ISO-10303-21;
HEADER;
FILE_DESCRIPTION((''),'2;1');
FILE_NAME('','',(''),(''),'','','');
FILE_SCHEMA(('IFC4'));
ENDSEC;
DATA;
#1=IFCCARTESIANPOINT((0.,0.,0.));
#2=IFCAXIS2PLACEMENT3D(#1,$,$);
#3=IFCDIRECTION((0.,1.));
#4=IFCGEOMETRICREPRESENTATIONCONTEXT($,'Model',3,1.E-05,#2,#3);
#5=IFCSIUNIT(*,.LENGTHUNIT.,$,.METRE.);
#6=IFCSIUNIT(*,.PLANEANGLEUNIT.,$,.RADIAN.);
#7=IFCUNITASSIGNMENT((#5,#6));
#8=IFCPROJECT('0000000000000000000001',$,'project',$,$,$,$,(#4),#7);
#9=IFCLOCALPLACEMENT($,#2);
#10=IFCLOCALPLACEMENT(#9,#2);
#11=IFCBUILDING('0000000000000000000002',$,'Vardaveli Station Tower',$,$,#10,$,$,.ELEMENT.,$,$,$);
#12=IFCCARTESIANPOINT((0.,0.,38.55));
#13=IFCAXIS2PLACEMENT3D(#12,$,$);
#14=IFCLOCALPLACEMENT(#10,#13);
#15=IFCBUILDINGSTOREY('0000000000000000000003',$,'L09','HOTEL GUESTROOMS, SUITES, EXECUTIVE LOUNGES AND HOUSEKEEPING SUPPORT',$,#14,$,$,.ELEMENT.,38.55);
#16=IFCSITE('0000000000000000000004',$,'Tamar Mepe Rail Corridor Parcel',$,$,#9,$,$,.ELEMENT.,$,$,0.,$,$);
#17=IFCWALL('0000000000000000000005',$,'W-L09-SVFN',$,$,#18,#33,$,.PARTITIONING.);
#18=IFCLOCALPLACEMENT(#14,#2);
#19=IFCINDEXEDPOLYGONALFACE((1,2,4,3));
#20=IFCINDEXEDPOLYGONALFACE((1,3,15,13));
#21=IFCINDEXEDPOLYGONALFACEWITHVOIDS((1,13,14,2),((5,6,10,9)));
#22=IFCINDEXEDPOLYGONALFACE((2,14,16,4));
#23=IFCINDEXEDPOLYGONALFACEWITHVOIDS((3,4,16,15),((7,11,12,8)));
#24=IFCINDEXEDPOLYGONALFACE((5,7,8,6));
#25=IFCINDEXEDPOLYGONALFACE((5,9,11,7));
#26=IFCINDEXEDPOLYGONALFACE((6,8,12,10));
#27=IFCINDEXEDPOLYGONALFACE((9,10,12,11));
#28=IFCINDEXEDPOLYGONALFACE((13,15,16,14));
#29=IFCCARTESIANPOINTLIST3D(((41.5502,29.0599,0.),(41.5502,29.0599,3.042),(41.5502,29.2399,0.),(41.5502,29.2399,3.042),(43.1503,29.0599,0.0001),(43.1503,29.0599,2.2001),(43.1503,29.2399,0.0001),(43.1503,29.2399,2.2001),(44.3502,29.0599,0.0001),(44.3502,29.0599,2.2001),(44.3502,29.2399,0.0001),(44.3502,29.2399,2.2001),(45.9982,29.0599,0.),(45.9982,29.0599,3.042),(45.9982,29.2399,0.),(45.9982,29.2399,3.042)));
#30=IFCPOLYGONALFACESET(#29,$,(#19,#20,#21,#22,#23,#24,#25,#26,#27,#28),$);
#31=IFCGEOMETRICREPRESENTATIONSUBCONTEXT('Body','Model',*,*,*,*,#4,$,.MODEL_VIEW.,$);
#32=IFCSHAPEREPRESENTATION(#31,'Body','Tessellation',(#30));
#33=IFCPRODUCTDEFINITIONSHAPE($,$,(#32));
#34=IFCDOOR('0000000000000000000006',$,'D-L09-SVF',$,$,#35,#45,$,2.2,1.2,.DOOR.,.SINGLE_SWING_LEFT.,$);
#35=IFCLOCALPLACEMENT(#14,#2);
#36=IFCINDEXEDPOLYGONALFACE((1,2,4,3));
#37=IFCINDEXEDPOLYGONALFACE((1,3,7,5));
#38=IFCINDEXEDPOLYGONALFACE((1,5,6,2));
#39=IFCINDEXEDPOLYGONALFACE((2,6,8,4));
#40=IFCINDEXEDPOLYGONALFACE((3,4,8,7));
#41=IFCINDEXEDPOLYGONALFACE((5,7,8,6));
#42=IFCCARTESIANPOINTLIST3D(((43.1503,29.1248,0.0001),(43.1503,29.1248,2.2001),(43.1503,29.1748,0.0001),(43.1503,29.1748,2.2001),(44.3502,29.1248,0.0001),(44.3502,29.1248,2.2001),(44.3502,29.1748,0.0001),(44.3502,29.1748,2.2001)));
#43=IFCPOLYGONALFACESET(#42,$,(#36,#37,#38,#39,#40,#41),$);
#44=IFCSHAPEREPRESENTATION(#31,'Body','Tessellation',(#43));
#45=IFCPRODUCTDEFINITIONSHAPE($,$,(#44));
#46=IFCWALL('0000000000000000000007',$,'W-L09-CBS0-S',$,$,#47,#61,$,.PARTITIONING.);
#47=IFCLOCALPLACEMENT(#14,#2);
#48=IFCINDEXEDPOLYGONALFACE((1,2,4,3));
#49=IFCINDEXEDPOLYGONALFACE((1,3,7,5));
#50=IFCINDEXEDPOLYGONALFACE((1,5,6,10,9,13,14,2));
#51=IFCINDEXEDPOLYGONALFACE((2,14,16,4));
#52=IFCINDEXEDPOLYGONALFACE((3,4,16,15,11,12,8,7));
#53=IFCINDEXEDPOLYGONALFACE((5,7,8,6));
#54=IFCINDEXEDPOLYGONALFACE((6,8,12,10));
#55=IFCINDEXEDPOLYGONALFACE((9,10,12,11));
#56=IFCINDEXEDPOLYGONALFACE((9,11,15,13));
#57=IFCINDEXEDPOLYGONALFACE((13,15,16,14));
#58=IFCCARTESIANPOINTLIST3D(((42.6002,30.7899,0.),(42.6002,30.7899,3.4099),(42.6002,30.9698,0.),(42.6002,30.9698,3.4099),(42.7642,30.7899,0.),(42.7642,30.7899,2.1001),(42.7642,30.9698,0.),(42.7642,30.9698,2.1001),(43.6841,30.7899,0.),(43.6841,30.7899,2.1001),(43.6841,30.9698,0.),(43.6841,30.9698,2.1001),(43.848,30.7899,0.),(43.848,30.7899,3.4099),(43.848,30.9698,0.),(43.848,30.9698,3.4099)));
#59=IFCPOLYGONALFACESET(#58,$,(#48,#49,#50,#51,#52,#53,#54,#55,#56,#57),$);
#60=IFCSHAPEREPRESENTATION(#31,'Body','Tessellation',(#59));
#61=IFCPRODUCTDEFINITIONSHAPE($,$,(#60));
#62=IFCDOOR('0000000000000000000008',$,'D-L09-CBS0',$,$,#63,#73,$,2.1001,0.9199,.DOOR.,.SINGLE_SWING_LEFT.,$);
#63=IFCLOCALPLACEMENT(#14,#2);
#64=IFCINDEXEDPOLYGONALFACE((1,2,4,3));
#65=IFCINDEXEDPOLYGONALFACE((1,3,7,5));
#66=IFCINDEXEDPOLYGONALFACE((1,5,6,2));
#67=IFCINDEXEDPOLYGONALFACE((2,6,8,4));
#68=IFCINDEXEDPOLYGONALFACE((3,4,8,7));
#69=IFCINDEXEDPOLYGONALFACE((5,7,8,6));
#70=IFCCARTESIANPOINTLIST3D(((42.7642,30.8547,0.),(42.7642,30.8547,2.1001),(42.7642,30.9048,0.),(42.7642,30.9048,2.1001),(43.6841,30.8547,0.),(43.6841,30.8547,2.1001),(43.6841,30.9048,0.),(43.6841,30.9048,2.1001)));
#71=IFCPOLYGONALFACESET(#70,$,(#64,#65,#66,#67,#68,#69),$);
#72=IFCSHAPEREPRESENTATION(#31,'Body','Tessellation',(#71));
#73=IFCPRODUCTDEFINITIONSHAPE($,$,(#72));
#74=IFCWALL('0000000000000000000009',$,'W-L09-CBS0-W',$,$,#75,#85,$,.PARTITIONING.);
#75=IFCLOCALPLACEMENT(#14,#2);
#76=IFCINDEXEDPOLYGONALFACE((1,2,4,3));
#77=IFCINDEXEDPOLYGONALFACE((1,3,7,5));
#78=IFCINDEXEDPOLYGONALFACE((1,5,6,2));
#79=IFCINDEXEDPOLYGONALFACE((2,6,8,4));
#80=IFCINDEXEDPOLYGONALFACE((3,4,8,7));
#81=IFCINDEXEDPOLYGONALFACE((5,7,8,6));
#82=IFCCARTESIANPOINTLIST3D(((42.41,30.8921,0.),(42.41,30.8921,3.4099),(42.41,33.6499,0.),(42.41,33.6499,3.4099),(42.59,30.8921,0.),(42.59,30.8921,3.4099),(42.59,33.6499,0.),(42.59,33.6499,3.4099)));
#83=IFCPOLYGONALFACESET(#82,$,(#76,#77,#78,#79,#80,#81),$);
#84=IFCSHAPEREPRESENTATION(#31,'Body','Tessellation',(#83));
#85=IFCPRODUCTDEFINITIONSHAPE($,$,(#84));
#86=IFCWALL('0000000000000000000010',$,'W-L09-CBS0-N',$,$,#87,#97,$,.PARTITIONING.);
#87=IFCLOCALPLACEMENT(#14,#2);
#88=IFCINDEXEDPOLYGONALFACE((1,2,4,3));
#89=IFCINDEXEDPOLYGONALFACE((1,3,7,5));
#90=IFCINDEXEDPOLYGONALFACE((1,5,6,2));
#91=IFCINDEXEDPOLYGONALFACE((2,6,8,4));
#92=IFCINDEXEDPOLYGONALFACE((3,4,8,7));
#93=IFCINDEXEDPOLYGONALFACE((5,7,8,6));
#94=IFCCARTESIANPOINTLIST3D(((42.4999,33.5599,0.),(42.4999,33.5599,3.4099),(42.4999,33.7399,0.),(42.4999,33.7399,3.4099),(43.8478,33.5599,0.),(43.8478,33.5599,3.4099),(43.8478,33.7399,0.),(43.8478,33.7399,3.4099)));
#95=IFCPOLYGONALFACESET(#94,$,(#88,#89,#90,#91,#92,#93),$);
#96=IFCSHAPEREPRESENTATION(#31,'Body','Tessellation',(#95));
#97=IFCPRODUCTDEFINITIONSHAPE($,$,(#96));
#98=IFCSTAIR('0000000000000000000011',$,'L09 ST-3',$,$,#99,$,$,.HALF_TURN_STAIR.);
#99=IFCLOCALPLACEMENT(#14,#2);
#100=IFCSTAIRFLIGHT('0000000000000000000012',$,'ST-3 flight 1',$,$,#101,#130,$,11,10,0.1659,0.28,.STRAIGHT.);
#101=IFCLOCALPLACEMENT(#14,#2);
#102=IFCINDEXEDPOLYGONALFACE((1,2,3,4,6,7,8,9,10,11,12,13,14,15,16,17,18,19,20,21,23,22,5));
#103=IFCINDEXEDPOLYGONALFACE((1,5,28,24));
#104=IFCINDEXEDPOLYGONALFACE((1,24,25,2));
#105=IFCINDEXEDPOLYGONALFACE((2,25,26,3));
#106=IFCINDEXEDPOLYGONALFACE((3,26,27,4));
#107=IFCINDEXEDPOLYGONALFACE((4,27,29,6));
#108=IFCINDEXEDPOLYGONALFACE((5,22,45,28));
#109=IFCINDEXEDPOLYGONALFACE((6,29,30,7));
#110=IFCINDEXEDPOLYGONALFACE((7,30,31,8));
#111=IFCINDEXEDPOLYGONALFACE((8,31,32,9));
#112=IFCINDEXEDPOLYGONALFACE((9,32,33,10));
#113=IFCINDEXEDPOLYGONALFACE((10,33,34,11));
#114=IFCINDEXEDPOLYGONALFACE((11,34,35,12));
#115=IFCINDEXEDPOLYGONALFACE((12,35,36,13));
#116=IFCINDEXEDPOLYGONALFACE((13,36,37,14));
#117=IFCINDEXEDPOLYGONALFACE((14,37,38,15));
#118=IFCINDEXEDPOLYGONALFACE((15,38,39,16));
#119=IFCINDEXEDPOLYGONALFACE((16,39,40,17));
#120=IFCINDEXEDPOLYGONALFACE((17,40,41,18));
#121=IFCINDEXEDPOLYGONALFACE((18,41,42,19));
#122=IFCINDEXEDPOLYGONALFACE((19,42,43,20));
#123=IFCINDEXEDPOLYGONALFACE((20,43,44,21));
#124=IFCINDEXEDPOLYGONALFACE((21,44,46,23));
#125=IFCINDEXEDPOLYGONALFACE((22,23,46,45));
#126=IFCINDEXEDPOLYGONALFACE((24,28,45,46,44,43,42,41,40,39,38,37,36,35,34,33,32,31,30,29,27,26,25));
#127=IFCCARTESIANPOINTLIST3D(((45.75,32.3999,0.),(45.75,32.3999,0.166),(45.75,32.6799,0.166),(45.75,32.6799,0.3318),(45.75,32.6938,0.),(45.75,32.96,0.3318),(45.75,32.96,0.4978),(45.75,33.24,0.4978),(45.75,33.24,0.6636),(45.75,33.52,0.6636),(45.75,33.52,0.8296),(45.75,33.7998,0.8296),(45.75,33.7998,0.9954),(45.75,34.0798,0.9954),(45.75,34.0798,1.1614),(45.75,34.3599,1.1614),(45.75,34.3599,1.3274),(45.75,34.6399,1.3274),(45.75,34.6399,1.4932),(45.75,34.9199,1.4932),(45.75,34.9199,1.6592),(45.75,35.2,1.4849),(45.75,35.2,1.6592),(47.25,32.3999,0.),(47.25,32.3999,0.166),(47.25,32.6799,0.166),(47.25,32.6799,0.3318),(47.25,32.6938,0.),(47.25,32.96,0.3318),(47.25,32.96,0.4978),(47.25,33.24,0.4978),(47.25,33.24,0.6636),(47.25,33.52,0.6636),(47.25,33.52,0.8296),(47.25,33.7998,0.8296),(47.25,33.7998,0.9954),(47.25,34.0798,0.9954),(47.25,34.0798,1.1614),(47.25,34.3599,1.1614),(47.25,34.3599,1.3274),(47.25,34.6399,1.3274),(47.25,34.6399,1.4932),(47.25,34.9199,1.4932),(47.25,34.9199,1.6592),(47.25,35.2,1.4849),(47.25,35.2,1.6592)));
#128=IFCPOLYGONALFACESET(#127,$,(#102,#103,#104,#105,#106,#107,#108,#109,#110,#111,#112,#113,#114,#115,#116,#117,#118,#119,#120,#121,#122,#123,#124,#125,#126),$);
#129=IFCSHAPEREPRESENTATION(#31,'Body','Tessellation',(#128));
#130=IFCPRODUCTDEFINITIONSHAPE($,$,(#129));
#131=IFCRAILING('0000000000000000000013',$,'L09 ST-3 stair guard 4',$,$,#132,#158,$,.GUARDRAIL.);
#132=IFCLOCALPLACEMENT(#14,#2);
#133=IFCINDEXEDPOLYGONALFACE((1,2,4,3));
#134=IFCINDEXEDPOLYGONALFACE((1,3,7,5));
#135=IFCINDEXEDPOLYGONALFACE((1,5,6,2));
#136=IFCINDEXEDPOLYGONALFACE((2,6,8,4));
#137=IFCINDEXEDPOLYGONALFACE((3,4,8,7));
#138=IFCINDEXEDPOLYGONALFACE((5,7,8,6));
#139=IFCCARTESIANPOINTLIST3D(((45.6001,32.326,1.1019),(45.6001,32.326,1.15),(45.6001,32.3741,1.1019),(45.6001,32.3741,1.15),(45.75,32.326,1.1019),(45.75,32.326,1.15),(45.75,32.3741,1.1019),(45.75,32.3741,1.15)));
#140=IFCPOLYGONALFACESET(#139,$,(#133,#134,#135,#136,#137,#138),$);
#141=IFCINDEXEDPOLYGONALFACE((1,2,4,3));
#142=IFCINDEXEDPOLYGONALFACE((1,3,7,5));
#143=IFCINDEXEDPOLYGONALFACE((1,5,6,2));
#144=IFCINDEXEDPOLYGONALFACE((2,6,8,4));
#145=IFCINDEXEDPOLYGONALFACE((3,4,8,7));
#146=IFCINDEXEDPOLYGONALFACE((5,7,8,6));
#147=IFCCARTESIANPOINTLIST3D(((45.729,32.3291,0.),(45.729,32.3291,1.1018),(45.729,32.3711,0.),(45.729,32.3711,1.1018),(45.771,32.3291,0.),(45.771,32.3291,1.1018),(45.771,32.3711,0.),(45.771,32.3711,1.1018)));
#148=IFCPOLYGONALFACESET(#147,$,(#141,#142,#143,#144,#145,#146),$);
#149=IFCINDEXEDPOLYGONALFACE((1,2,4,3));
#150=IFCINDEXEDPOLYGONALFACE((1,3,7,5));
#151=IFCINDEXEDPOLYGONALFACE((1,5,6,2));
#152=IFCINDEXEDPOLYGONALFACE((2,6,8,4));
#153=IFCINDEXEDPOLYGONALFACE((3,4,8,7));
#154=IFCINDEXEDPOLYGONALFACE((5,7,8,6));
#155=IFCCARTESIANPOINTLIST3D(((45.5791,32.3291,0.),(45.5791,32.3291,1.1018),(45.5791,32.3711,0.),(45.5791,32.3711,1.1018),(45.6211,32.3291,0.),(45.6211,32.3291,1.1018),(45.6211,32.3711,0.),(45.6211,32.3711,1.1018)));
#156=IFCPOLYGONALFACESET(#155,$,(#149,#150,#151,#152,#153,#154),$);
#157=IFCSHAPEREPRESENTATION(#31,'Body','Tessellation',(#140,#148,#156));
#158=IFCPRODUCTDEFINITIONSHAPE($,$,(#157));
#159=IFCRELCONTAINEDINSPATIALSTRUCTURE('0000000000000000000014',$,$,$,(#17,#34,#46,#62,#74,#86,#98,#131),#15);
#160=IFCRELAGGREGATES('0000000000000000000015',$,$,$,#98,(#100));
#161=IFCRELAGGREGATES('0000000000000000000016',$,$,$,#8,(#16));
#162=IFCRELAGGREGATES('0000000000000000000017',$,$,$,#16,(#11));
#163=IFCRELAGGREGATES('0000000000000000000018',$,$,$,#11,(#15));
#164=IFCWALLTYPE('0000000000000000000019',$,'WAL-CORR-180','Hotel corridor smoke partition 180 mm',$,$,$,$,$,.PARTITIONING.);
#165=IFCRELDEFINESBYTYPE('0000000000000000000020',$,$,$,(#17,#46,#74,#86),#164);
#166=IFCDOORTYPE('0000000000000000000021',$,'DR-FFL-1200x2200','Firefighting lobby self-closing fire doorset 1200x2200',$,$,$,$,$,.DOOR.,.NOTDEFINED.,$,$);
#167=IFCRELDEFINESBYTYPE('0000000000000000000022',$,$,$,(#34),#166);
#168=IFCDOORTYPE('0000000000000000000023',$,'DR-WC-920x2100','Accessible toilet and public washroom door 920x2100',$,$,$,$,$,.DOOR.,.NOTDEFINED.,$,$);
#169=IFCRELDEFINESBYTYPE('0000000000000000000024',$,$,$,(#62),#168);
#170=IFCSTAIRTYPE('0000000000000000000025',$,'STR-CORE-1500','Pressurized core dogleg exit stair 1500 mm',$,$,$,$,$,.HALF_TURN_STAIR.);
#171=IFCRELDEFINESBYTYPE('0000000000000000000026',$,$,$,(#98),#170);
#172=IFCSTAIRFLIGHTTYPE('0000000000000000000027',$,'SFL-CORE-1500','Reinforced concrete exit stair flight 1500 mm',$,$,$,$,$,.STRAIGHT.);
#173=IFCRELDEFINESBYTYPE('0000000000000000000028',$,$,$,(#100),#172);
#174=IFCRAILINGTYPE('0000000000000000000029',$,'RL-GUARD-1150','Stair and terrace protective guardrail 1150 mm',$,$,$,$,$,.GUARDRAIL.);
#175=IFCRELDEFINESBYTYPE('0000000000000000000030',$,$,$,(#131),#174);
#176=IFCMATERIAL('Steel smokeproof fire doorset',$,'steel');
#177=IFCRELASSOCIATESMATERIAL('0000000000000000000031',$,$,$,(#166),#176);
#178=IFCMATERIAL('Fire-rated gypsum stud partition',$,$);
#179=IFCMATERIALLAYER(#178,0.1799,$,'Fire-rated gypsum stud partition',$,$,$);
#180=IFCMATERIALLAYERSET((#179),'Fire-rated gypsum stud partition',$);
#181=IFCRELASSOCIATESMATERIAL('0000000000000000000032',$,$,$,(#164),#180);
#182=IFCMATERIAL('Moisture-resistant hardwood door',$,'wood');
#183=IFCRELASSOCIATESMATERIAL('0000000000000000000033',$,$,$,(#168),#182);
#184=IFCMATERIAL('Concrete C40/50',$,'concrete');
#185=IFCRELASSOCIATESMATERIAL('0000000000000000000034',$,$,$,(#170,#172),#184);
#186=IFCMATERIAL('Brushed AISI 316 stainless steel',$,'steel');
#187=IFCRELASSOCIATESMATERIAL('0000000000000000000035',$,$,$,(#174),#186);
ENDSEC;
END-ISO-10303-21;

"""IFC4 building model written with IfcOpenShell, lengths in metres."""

from ifc_helpers import new_model, si_unit, direction, frame, frame_2d, origin, origin_2d, place, context, subcontext, project, spatial, polyline, rectangle, outline, extrude, source, transform, mapped, material, layer, layer_set, type_object, element, fill, aggregate, save


model = new_model("IFC4")

# Units and contexts
model_context = context("Model", 3, precision=1e-05, world=origin(), true_north=direction((0.0, 1.0)))
body_context = subcontext(model_context, "Body", "Model", "MODEL_VIEW")
ifc_project = project(units=[si_unit("LENGTHUNIT", "METRE"), si_unit("PLANEANGLEUNIT", "RADIAN")], contexts=[model_context])

# Site, building, storey
site_placement = place(None, origin())
site = spatial("IfcSite", under=ifc_project, at=site_placement, Name="Tamar Mepe Rail Corridor Parcel", CompositionType="ELEMENT", RefElevation=0.0)
building_placement = place(site_placement, origin())
building = spatial("IfcBuilding", under=site, at=building_placement, Name="Vardaveli Station Tower", CompositionType="ELEMENT")
storey_placement = place(building_placement, frame((0.0, 0.0, 38.55)))
storey = spatial("IfcBuildingStorey", under=building, at=storey_placement, Name="L09", Description="HOTEL GUESTROOMS, SUITES, EXECUTIVE LOUNGES AND HOUSEKEEPING SUPPORT", CompositionType="ELEMENT", Elevation=38.55)

# Shared definitions
ifc_material_1 = material(Name="Concrete C40/50", Category="concrete")

# Walls, openings, doors
ifc_material_2 = material(Name="Steel smokeproof fire doorset", Category="steel")
door_type_1 = type_object("IfcDoorType", Name="DR-FFL-1200x2200", Description="Firefighting lobby self-closing fire doorset 1200x2200", OperationType="NOTDEFINED", PredefinedType="DOOR", material=ifc_material_2)
shared_shape_1 = source(origin(), body_context, "Body", "SweptSolid", [
    extrude(rectangle(XDim=1.2, YDim=2.2, at=frame_2d((0.6001, 1.1001))), frame((0.0, 0.0249, 0.0), z_axis=(0.0, -1.0, 0.0), x_axis=(1.0, 0.0, 0.0)), (0.0, 0.0, 1.0), 0.05),
])
ifc_material_3 = material(Name="Fire-rated gypsum stud partition")
ifc_layer_1 = layer(ifc_material_3, 0.1799, Name="Fire-rated gypsum stud partition")
ifc_layer_set_1 = layer_set([ifc_layer_1], Name="Fire-rated gypsum stud partition")
wall_type_1 = type_object("IfcWallType", Name="WAL-CORR-180", Description="Hotel corridor smoke partition 180 mm", PredefinedType="PARTITIONING", material=ifc_layer_set_1)
shared_shape_2 = source(origin(), body_context, "Body", "SweptSolid", [
    extrude(rectangle(XDim=4.448, YDim=0.1799, at=frame_2d((2.2241, 0.0))), origin(), (0.0, 0.0, 1.0), 3.042),
])
wall_1_placement = place(storey_placement, frame((41.55, 29.1499, 0.0), z_axis=(0.0, 0.0, 1.0), x_axis=(1.0, 0.0, 0.0)))
wall_1 = element("IfcWall", 1, at=wall_1_placement, inside=storey, type_object=wall_type_1, Name="W-L09-SVFN", PredefinedType="PARTITIONING", context=body_context, shape_type="MappedRepresentation", body=[
    mapped(shared_shape_2, transform((0.0, 0.0, 0.0), scale=1.0)),
])
shared_shape_3 = source(origin(), body_context, "Body", "SweptSolid", [
    extrude(rectangle(XDim=1.2, YDim=2.2, at=frame_2d((0.6001, 1.1001))), frame((0.0, 0.1001, 0.0), z_axis=(0.0, -1.0, 0.0), x_axis=(1.0, 0.0, 0.0)), (0.0, 0.0, 1.0), 0.2),
])
opening_1_placement = place(wall_1_placement, frame((1.6001, 0.0, 0.0)))
opening_1 = element("IfcOpeningElement", 2, at=opening_1_placement, cuts=wall_1, PredefinedType="OPENING", context=body_context, shape_type="MappedRepresentation", body=[
    mapped(shared_shape_3, transform((0.0, 0.0, 0.0), scale=1.0)),
])
door_1_placement = place(opening_1_placement, origin())
door_1 = element("IfcDoor", 3, at=door_1_placement, inside=storey, type_object=door_type_1, Name="D-L09-SVF", OperationType="SINGLE_SWING_LEFT", OverallHeight=2.2, OverallWidth=1.2, PredefinedType="DOOR", context=body_context, shape_type="MappedRepresentation", body=[
    mapped(shared_shape_1, transform((0.0, 0.0, 0.0), scale=1.0)),
])
fill(opening_1, door_1)
shared_shape_4 = source(origin(), body_context, "Body", "SweptSolid", [
    extrude(rectangle(XDim=1.2478, YDim=0.1799, at=frame_2d((0.624, 0.0))), origin(), (0.0, 0.0, 1.0), 3.4099),
])
wall_2_placement = place(storey_placement, frame((42.6001, 30.8799, 0.0), z_axis=(0.0, 0.0, 1.0), x_axis=(1.0, 0.0, 0.0)))
wall_2 = element("IfcWall", 4, at=wall_2_placement, inside=storey, type_object=wall_type_1, Name="W-L09-CBS0-S", PredefinedType="PARTITIONING", context=body_context, shape_type="MappedRepresentation", body=[
    mapped(shared_shape_4, transform((0.0, 0.0, 0.0), scale=1.0)),
])
shared_shape_5 = source(origin(), body_context, "Body", "SweptSolid", [
    extrude(rectangle(XDim=0.9199, YDim=2.1001, at=frame_2d((0.46, 1.05))), frame((0.0, 0.1001, 0.0), z_axis=(0.0, -1.0, 0.0), x_axis=(1.0, 0.0, 0.0)), (0.0, 0.0, 1.0), 0.2),
])
opening_2_placement = place(wall_2_placement, frame((0.1641, 0.0, 0.0)))
opening_2 = element("IfcOpeningElement", 5, at=opening_2_placement, cuts=wall_2, PredefinedType="OPENING", context=body_context, shape_type="MappedRepresentation", body=[
    mapped(shared_shape_5, transform((0.0, 0.0, 0.0), scale=1.0)),
])
ifc_material_4 = material(Name="Moisture-resistant hardwood door", Category="wood")
door_type_2 = type_object("IfcDoorType", Name="DR-WC-920x2100", Description="Accessible toilet and public washroom door 920x2100", OperationType="NOTDEFINED", PredefinedType="DOOR", material=ifc_material_4)
shared_shape_6 = source(origin(), body_context, "Body", "SweptSolid", [
    extrude(rectangle(XDim=0.9199, YDim=2.1001, at=frame_2d((0.46, 1.05))), frame((0.0, 0.0249, 0.0), z_axis=(0.0, -1.0, 0.0), x_axis=(1.0, 0.0, 0.0)), (0.0, 0.0, 1.0), 0.05),
])
door_2_placement = place(opening_2_placement, origin())
door_2 = element("IfcDoor", 6, at=door_2_placement, inside=storey, type_object=door_type_2, Name="D-L09-CBS0", OperationType="SINGLE_SWING_LEFT", OverallHeight=2.1001, OverallWidth=0.9199, PredefinedType="DOOR", context=body_context, shape_type="MappedRepresentation", body=[
    mapped(shared_shape_6, transform((0.0, 0.0, 0.0), scale=1.0)),
])
fill(opening_2, door_2)

# Walls
shared_shape_7 = source(origin(), body_context, "Body", "SweptSolid", [
    extrude(rectangle(XDim=2.7578, YDim=0.1799, at=frame_2d((1.3789, 0.0))), origin(), (0.0, 0.0, 1.0), 3.4099),
])
wall_3_placement = place(storey_placement, frame((42.5, 30.8921, 0.0), z_axis=(0.0, 0.0, 1.0), x_axis=(0.0, 1.0, 0.0)))
element("IfcWall", 7, at=wall_3_placement, inside=storey, type_object=wall_type_1, Name="W-L09-CBS0-W", PredefinedType="PARTITIONING", context=body_context, shape_type="MappedRepresentation", body=[
    mapped(shared_shape_7, transform((0.0, 0.0, 0.0), scale=1.0)),
])
shared_shape_8 = source(origin(), body_context, "Body", "SweptSolid", [
    extrude(rectangle(XDim=1.3479, YDim=0.1799, at=frame_2d((0.6738, 0.0))), origin(), (0.0, 0.0, 1.0), 3.4099),
])
wall_4_placement = place(storey_placement, frame((42.5, 33.6499, 0.0), z_axis=(0.0, 0.0, 1.0), x_axis=(1.0, 0.0, 0.0)))
element("IfcWall", 8, at=wall_4_placement, inside=storey, type_object=wall_type_1, Name="W-L09-CBS0-N", PredefinedType="PARTITIONING", context=body_context, shape_type="MappedRepresentation", body=[
    mapped(shared_shape_8, transform((0.0, 0.0, 0.0), scale=1.0)),
])

# Stair, stair flight
stair_type = type_object("IfcStairType", Name="STR-CORE-1500", Description="Pressurized core dogleg exit stair 1500 mm", PredefinedType="HALF_TURN_STAIR", material=ifc_material_1)
stair_placement = place(storey_placement, origin())
stair = element("IfcStair", 9, at=stair_placement, inside=storey, type_object=stair_type, Name="L09 ST-3", PredefinedType="HALF_TURN_STAIR")
stair_flight_type = type_object("IfcStairFlightType", Name="SFL-CORE-1500", Description="Reinforced concrete exit stair flight 1500 mm", PredefinedType="STRAIGHT", material=ifc_material_1)
shared_shape_9 = source(origin(), body_context, "Body", "SweptSolid", [
    extrude(outline(polyline([(0.0, 0.0), (0.0, 0.166), (0.28, 0.166), (0.28, 0.3318), (0.5601, 0.3318), (0.5601, 0.4978), (0.8401, 0.4978), (0.8401, 0.6636), (1.1201, 0.6636), (1.1201, 0.8296), (1.3999, 0.8296), (1.3999, 0.9954), (1.6799, 0.9954), (1.6799, 1.1614), (1.96, 1.1614), (1.96, 1.3274), (2.24, 1.3274), (2.24, 1.4932), (2.52, 1.4932), (2.52, 1.6592), (2.8, 1.6592), (2.8, 1.825), (2.8, 1.4849), (0.2939, 0.0), (0.0, 0.0)])), frame((0.0, 0.75, 0.0), z_axis=(0.0, -1.0, 0.0), x_axis=(1.0, 0.0, 0.0)), (0.0, 0.0, 1.0), 1.5),
])
stair_flight_placement = place(storey_placement, frame((46.5, 32.3999, 0.0), z_axis=(0.0, 0.0, 1.0), x_axis=(0.0, 1.0, 0.0)))
stair_flight = element("IfcStairFlight", 10, at=stair_flight_placement, type_object=stair_flight_type, Name="ST-3 flight 1", NumberOfRisers=11, NumberOfTreads=10, PredefinedType="STRAIGHT", RiserHeight=0.1659, TreadLength=0.28, context=body_context, shape_type="MappedRepresentation", body=[
    mapped(shared_shape_9, transform((0.0, 0.0, 0.0), scale=1.0)),
])
aggregate(stair, [stair_flight])

# Railing
ifc_material_5 = material(Name="Brushed AISI 316 stainless steel", Category="steel")
railing_type_1 = type_object("IfcRailingType", Name="RL-GUARD-1150", Description="Stair and terrace protective guardrail 1150 mm", PredefinedType="GUARDRAIL", material=ifc_material_5)
shared_shape_10 = source(origin(), body_context, "Body", "SweptSolid", [
    extrude(rectangle(XDim=0.0481, YDim=0.0481, at=origin_2d()), frame((0.0, 0.0, 1.126), z_axis=(-1.0, 0.0, 0.0), x_axis=(0.0, -1.0, 0.0)), (0.0, 0.0, 1.0), 0.1499),
    extrude(rectangle(XDim=0.042, YDim=0.042, at=origin_2d()), origin(), (0.0, 0.0, 1.0), 1.1018),
    extrude(rectangle(XDim=0.042, YDim=0.042, at=origin_2d()), frame((-0.1499, 0.0, 0.0)), (0.0, 0.0, 1.0), 1.1018),
])
railing_1_placement = place(storey_placement, frame((45.75, 32.3501, 0.0)))
element("IfcRailing", 11, at=railing_1_placement, inside=storey, type_object=railing_type_1, Name="L09 ST-3 stair guard 4", PredefinedType="GUARDRAIL", context=body_context, shape_type="MappedRepresentation", body=[
    mapped(shared_shape_10, transform((0.0, 0.0, 0.0), scale=1.0)),
])

save(model, "model.ifc")
